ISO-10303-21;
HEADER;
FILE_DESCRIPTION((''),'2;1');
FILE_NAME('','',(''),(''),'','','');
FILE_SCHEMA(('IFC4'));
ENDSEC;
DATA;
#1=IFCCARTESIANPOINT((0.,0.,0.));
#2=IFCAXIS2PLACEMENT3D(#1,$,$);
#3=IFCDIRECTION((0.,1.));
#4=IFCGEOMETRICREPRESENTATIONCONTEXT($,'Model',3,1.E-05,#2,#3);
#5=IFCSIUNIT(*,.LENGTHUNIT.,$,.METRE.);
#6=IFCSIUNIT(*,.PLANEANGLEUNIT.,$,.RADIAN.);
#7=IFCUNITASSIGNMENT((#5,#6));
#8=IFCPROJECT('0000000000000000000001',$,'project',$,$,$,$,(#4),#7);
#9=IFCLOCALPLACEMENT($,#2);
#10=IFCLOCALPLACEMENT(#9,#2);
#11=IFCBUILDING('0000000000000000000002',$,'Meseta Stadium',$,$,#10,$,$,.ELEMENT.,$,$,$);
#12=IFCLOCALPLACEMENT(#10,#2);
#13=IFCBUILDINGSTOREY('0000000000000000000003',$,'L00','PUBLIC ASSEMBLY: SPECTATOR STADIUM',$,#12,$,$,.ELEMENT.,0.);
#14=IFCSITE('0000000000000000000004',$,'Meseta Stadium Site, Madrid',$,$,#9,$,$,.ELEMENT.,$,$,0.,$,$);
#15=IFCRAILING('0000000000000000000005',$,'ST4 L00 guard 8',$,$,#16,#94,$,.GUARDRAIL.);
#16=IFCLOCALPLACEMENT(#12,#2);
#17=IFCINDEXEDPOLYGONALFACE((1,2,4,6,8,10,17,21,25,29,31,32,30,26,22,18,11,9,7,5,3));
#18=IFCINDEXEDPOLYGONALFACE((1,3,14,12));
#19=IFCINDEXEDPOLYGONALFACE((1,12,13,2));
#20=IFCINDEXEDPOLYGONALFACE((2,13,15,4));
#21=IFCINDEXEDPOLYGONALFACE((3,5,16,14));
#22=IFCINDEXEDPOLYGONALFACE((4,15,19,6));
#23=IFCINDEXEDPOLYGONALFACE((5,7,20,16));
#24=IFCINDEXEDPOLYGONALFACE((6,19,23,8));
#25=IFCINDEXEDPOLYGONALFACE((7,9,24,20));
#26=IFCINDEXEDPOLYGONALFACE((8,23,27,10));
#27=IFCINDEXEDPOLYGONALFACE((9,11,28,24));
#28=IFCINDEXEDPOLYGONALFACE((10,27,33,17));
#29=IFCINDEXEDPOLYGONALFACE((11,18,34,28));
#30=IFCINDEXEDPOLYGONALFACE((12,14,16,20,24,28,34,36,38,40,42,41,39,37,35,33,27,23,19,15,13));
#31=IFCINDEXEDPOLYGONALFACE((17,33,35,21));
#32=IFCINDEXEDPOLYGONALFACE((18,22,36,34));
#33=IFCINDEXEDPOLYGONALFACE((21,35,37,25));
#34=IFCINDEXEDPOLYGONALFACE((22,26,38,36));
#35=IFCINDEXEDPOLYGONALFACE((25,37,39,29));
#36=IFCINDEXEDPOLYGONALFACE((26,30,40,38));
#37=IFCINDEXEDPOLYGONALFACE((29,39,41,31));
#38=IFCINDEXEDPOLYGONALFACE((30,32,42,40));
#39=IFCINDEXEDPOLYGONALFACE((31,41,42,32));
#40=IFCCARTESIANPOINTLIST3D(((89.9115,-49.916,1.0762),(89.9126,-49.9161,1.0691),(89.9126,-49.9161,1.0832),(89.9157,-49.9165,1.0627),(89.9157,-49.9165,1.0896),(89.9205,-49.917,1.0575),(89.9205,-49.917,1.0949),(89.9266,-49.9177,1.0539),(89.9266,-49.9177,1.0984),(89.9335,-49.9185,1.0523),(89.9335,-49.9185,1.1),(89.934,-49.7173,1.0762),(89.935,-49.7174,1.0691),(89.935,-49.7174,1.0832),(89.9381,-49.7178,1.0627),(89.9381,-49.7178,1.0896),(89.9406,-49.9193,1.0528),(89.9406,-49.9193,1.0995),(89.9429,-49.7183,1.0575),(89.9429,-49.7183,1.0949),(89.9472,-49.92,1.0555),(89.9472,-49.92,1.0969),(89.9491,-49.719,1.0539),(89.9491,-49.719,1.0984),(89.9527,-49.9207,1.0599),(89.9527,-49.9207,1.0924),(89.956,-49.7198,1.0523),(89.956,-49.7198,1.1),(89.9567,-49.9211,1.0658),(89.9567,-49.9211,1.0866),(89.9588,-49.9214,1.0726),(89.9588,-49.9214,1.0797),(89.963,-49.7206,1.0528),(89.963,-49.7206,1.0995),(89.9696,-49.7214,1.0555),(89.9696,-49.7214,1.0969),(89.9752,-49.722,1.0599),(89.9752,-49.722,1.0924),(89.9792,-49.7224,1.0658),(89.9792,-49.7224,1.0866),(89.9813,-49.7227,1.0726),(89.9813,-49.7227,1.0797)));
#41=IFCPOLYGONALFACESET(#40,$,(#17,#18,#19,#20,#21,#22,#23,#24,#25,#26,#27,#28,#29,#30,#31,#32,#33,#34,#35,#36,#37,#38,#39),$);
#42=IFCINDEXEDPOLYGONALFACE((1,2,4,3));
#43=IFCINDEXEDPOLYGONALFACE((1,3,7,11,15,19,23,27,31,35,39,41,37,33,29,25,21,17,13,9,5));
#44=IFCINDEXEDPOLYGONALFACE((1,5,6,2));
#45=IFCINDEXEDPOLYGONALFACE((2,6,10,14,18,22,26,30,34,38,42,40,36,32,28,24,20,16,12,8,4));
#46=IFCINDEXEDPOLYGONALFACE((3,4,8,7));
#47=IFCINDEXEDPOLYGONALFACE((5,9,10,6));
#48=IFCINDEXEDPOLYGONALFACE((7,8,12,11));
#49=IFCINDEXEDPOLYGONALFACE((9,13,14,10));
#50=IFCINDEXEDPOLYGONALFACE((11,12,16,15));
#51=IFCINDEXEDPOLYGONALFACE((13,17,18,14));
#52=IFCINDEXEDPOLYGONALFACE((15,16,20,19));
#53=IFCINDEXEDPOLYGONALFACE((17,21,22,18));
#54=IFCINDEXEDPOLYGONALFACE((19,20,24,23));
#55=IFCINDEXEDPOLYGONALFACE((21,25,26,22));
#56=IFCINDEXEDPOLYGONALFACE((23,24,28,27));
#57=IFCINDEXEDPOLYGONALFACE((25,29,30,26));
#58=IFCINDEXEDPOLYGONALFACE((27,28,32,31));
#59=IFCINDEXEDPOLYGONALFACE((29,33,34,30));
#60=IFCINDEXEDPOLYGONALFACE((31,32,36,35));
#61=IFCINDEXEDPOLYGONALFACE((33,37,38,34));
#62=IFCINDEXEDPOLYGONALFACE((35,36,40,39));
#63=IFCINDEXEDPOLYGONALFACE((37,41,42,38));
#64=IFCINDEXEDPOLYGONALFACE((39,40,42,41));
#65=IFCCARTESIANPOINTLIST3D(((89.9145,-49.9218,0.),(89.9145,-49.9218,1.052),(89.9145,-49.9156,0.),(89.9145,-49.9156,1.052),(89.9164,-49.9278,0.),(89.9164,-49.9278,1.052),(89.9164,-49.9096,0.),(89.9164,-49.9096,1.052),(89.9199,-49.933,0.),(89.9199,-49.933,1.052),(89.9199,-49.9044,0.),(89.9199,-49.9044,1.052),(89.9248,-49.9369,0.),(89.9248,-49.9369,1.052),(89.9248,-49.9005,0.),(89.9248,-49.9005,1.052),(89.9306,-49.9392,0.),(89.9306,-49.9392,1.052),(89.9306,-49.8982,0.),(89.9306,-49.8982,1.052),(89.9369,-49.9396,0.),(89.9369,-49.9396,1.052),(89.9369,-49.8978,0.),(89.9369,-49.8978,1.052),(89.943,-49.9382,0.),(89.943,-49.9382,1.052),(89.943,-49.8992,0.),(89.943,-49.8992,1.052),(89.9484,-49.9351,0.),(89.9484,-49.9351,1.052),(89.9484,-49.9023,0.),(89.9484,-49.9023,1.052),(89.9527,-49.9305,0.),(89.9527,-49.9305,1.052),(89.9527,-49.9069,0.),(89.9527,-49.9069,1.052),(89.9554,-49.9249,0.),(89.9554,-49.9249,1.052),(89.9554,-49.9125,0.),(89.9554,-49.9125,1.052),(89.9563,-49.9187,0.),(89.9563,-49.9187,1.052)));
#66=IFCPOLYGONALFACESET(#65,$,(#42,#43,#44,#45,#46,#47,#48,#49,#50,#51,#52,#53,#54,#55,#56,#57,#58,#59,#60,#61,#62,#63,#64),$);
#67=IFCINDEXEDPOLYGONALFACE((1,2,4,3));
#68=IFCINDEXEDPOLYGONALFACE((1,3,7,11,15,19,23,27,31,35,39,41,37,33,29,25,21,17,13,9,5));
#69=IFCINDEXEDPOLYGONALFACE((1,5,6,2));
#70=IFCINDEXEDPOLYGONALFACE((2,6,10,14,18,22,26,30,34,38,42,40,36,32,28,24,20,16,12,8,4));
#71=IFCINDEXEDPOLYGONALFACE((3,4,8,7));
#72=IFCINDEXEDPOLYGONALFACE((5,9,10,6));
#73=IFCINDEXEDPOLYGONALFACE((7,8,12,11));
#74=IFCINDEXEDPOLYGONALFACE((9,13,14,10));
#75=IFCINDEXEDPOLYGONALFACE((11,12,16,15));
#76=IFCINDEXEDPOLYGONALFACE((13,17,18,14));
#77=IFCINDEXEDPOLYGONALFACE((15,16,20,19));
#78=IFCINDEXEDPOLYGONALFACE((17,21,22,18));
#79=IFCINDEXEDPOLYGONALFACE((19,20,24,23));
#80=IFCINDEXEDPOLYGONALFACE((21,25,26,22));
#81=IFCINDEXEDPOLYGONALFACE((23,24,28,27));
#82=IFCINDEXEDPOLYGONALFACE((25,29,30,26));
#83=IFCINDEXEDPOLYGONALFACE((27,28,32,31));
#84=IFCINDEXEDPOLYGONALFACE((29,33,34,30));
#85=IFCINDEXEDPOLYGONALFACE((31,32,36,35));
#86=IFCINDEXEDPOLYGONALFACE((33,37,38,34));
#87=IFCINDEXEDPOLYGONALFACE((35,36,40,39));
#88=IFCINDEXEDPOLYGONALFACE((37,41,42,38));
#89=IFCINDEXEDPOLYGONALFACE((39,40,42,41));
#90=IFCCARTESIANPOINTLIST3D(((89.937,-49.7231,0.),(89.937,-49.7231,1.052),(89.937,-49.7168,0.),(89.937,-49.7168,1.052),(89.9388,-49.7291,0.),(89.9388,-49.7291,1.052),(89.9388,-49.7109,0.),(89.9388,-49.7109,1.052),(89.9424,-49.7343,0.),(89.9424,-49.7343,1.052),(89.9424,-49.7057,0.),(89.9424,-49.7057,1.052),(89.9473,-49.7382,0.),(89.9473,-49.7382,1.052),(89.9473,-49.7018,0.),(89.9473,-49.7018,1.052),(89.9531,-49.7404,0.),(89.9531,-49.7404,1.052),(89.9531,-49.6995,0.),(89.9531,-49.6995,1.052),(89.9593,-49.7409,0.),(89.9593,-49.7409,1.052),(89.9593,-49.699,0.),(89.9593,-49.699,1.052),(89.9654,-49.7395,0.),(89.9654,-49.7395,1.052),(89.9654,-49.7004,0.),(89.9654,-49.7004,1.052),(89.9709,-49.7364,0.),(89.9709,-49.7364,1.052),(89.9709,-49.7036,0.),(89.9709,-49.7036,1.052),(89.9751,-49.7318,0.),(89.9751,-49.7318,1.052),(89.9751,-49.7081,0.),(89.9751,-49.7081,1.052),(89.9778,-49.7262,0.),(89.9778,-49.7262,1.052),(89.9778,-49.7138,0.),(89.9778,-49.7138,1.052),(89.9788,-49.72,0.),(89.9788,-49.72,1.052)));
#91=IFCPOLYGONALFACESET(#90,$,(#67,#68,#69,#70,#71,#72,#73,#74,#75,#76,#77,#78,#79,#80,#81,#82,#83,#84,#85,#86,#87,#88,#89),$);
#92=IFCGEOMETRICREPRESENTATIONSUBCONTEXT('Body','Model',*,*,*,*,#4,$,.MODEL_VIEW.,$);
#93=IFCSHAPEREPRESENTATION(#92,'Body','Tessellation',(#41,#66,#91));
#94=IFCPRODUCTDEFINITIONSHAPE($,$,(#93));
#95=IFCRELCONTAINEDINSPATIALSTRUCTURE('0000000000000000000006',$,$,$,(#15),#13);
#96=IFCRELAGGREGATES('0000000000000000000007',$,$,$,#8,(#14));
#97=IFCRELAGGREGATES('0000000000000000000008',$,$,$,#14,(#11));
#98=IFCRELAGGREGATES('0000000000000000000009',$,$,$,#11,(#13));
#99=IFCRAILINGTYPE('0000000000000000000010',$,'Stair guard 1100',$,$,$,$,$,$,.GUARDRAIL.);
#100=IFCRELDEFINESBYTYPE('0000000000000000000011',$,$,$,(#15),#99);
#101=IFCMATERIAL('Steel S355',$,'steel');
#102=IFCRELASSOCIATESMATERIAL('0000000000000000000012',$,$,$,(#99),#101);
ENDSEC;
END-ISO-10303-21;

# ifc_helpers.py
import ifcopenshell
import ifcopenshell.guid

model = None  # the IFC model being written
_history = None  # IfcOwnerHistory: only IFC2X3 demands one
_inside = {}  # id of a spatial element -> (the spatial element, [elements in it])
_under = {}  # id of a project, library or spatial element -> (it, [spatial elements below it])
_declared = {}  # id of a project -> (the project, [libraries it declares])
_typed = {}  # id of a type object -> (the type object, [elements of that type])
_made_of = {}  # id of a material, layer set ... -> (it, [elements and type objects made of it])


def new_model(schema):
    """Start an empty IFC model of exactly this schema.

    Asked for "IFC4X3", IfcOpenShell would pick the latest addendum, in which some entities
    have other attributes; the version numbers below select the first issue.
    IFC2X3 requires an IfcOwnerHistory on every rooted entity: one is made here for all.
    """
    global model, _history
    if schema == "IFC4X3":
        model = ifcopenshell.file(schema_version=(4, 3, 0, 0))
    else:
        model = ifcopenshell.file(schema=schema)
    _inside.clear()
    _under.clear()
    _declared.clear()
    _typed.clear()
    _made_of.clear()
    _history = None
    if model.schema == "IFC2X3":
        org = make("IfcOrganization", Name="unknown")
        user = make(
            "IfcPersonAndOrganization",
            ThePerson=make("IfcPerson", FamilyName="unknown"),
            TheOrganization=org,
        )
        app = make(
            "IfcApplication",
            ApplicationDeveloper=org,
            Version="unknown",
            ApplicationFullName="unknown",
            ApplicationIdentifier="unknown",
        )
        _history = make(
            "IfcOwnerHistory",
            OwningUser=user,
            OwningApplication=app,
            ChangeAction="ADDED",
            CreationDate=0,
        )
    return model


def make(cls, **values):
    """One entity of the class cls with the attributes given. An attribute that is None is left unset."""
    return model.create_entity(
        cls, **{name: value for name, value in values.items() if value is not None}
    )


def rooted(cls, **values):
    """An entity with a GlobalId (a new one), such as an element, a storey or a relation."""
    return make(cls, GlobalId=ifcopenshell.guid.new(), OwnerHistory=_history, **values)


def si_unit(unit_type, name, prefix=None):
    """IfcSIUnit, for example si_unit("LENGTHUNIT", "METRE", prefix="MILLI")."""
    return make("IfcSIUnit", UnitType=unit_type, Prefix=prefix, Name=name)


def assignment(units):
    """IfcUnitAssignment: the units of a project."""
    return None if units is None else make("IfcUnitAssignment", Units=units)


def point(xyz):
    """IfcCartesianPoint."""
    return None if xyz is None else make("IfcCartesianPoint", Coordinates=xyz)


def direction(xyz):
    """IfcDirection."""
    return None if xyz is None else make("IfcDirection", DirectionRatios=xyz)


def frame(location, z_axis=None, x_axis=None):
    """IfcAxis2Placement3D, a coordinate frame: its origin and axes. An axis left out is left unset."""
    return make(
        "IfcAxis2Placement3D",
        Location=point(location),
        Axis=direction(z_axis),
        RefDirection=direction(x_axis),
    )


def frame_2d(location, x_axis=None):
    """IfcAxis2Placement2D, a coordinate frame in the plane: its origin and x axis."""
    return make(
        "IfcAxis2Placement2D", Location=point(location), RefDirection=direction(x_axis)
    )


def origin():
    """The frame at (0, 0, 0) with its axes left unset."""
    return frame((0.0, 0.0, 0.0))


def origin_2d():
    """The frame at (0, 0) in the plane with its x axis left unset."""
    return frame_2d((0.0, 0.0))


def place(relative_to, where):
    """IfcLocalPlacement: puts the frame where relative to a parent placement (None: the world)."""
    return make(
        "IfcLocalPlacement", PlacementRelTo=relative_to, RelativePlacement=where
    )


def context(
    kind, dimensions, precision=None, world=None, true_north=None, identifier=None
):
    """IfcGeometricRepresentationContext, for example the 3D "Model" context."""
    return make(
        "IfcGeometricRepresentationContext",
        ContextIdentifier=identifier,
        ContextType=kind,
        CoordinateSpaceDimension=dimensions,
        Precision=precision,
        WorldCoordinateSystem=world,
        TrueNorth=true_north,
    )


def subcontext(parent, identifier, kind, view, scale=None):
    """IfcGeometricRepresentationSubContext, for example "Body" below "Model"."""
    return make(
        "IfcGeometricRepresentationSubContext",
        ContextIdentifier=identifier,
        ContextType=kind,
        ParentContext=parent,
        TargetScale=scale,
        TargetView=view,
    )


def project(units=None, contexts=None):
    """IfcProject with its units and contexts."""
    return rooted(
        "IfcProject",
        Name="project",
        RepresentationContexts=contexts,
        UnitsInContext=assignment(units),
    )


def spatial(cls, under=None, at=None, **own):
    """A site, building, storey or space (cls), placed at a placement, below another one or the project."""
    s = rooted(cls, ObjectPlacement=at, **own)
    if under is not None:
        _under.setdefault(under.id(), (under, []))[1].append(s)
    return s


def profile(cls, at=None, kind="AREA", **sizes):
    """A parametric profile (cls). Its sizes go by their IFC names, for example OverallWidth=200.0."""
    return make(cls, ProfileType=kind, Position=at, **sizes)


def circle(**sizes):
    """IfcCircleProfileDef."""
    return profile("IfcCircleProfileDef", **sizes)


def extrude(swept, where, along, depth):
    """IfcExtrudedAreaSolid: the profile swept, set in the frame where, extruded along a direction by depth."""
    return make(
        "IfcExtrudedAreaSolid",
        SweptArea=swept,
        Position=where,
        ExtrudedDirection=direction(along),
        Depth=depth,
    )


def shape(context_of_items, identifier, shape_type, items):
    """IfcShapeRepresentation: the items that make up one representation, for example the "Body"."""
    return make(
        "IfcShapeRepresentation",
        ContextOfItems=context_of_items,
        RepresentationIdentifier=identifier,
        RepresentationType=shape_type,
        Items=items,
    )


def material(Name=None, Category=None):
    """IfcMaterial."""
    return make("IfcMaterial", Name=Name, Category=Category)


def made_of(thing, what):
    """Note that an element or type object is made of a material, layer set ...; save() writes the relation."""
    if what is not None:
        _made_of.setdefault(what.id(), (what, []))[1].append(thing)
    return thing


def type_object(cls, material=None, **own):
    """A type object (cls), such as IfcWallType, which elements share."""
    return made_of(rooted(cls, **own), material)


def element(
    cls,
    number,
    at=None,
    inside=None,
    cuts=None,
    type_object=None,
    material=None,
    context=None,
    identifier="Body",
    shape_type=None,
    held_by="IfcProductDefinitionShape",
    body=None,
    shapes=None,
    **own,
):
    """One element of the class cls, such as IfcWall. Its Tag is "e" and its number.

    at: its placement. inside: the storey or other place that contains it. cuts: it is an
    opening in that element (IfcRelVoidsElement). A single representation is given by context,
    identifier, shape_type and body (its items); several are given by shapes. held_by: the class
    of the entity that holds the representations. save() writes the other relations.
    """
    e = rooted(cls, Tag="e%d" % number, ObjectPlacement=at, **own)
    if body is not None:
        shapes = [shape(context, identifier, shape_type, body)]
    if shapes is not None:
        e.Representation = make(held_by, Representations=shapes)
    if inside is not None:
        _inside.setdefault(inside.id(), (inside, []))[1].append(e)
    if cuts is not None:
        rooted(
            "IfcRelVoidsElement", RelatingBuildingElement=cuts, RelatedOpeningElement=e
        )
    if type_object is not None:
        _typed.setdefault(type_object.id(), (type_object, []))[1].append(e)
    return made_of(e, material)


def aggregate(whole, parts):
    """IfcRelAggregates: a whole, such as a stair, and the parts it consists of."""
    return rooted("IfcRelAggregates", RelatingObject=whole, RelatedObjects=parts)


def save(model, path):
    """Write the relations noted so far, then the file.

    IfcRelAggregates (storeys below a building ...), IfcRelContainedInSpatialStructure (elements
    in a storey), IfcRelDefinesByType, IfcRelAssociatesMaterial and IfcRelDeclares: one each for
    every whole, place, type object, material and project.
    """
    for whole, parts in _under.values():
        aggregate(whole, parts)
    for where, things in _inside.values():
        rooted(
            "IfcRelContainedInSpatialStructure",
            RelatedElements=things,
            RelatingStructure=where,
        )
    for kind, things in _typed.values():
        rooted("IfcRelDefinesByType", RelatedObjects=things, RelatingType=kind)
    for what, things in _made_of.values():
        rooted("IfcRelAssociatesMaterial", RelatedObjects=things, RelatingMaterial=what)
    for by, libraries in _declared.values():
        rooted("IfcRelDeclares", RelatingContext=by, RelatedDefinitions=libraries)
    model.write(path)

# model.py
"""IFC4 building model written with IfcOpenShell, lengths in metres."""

from ifc_helpers import new_model, si_unit, direction, frame, origin, origin_2d, place, context, subcontext, project, spatial, circle, extrude, material, type_object, element, save


model = new_model("IFC4")

# Units and contexts
model_context = context("Model", 3, precision=1e-05, world=origin(), true_north=direction((0.0, 1.0)))
body_context = subcontext(model_context, "Body", "Model", "MODEL_VIEW")
ifc_project = project(units=[si_unit("LENGTHUNIT", "METRE"), si_unit("PLANEANGLEUNIT", "RADIAN")], contexts=[model_context])

# Site, building, storey
site_placement = place(None, origin())
site = spatial("IfcSite", under=ifc_project, at=site_placement, Name="Meseta Stadium Site, Madrid", CompositionType="ELEMENT", RefElevation=0.0)
building_placement = place(site_placement, origin())
building = spatial("IfcBuilding", under=site, at=building_placement, Name="Meseta Stadium", CompositionType="ELEMENT")
storey_placement = place(building_placement, origin())
storey = spatial("IfcBuildingStorey", under=building, at=storey_placement, Name="L00", Description="PUBLIC ASSEMBLY: SPECTATOR STADIUM", CompositionType="ELEMENT", Elevation=0.0)

# Railing
ifc_material_1 = material(Name="Steel S355", Category="steel")
railing_type_1 = type_object("IfcRailingType", Name="Stair guard 1100", PredefinedType="GUARDRAIL", material=ifc_material_1)
railing_1_placement = place(storey_placement, frame((89.9353, -49.9187, 0.0)))
element("IfcRailing", 1, at=railing_1_placement, inside=storey, type_object=railing_type_1, Name="ST4 L00 guard 8", PredefinedType="GUARDRAIL", context=body_context, shape_type="SweptSolid", body=[
    extrude(circle(Radius=0.0239, at=origin_2d()), frame((0.0, 0.0, 1.0762), z_axis=(0.112307, 0.993674, 0.0), x_axis=(-0.993674, 0.112307, 0.0)), (0.0, 0.0, 1.0), 0.2),
    extrude(circle(Radius=0.021, at=origin_2d()), origin(), (0.0, 0.0, 1.0), 1.052),
    extrude(circle(Radius=0.021, at=origin_2d()), frame((0.0225, 0.1987, 0.0)), (0.0, 0.0, 1.0), 1.052),
])

save(model, "model.ifc")
